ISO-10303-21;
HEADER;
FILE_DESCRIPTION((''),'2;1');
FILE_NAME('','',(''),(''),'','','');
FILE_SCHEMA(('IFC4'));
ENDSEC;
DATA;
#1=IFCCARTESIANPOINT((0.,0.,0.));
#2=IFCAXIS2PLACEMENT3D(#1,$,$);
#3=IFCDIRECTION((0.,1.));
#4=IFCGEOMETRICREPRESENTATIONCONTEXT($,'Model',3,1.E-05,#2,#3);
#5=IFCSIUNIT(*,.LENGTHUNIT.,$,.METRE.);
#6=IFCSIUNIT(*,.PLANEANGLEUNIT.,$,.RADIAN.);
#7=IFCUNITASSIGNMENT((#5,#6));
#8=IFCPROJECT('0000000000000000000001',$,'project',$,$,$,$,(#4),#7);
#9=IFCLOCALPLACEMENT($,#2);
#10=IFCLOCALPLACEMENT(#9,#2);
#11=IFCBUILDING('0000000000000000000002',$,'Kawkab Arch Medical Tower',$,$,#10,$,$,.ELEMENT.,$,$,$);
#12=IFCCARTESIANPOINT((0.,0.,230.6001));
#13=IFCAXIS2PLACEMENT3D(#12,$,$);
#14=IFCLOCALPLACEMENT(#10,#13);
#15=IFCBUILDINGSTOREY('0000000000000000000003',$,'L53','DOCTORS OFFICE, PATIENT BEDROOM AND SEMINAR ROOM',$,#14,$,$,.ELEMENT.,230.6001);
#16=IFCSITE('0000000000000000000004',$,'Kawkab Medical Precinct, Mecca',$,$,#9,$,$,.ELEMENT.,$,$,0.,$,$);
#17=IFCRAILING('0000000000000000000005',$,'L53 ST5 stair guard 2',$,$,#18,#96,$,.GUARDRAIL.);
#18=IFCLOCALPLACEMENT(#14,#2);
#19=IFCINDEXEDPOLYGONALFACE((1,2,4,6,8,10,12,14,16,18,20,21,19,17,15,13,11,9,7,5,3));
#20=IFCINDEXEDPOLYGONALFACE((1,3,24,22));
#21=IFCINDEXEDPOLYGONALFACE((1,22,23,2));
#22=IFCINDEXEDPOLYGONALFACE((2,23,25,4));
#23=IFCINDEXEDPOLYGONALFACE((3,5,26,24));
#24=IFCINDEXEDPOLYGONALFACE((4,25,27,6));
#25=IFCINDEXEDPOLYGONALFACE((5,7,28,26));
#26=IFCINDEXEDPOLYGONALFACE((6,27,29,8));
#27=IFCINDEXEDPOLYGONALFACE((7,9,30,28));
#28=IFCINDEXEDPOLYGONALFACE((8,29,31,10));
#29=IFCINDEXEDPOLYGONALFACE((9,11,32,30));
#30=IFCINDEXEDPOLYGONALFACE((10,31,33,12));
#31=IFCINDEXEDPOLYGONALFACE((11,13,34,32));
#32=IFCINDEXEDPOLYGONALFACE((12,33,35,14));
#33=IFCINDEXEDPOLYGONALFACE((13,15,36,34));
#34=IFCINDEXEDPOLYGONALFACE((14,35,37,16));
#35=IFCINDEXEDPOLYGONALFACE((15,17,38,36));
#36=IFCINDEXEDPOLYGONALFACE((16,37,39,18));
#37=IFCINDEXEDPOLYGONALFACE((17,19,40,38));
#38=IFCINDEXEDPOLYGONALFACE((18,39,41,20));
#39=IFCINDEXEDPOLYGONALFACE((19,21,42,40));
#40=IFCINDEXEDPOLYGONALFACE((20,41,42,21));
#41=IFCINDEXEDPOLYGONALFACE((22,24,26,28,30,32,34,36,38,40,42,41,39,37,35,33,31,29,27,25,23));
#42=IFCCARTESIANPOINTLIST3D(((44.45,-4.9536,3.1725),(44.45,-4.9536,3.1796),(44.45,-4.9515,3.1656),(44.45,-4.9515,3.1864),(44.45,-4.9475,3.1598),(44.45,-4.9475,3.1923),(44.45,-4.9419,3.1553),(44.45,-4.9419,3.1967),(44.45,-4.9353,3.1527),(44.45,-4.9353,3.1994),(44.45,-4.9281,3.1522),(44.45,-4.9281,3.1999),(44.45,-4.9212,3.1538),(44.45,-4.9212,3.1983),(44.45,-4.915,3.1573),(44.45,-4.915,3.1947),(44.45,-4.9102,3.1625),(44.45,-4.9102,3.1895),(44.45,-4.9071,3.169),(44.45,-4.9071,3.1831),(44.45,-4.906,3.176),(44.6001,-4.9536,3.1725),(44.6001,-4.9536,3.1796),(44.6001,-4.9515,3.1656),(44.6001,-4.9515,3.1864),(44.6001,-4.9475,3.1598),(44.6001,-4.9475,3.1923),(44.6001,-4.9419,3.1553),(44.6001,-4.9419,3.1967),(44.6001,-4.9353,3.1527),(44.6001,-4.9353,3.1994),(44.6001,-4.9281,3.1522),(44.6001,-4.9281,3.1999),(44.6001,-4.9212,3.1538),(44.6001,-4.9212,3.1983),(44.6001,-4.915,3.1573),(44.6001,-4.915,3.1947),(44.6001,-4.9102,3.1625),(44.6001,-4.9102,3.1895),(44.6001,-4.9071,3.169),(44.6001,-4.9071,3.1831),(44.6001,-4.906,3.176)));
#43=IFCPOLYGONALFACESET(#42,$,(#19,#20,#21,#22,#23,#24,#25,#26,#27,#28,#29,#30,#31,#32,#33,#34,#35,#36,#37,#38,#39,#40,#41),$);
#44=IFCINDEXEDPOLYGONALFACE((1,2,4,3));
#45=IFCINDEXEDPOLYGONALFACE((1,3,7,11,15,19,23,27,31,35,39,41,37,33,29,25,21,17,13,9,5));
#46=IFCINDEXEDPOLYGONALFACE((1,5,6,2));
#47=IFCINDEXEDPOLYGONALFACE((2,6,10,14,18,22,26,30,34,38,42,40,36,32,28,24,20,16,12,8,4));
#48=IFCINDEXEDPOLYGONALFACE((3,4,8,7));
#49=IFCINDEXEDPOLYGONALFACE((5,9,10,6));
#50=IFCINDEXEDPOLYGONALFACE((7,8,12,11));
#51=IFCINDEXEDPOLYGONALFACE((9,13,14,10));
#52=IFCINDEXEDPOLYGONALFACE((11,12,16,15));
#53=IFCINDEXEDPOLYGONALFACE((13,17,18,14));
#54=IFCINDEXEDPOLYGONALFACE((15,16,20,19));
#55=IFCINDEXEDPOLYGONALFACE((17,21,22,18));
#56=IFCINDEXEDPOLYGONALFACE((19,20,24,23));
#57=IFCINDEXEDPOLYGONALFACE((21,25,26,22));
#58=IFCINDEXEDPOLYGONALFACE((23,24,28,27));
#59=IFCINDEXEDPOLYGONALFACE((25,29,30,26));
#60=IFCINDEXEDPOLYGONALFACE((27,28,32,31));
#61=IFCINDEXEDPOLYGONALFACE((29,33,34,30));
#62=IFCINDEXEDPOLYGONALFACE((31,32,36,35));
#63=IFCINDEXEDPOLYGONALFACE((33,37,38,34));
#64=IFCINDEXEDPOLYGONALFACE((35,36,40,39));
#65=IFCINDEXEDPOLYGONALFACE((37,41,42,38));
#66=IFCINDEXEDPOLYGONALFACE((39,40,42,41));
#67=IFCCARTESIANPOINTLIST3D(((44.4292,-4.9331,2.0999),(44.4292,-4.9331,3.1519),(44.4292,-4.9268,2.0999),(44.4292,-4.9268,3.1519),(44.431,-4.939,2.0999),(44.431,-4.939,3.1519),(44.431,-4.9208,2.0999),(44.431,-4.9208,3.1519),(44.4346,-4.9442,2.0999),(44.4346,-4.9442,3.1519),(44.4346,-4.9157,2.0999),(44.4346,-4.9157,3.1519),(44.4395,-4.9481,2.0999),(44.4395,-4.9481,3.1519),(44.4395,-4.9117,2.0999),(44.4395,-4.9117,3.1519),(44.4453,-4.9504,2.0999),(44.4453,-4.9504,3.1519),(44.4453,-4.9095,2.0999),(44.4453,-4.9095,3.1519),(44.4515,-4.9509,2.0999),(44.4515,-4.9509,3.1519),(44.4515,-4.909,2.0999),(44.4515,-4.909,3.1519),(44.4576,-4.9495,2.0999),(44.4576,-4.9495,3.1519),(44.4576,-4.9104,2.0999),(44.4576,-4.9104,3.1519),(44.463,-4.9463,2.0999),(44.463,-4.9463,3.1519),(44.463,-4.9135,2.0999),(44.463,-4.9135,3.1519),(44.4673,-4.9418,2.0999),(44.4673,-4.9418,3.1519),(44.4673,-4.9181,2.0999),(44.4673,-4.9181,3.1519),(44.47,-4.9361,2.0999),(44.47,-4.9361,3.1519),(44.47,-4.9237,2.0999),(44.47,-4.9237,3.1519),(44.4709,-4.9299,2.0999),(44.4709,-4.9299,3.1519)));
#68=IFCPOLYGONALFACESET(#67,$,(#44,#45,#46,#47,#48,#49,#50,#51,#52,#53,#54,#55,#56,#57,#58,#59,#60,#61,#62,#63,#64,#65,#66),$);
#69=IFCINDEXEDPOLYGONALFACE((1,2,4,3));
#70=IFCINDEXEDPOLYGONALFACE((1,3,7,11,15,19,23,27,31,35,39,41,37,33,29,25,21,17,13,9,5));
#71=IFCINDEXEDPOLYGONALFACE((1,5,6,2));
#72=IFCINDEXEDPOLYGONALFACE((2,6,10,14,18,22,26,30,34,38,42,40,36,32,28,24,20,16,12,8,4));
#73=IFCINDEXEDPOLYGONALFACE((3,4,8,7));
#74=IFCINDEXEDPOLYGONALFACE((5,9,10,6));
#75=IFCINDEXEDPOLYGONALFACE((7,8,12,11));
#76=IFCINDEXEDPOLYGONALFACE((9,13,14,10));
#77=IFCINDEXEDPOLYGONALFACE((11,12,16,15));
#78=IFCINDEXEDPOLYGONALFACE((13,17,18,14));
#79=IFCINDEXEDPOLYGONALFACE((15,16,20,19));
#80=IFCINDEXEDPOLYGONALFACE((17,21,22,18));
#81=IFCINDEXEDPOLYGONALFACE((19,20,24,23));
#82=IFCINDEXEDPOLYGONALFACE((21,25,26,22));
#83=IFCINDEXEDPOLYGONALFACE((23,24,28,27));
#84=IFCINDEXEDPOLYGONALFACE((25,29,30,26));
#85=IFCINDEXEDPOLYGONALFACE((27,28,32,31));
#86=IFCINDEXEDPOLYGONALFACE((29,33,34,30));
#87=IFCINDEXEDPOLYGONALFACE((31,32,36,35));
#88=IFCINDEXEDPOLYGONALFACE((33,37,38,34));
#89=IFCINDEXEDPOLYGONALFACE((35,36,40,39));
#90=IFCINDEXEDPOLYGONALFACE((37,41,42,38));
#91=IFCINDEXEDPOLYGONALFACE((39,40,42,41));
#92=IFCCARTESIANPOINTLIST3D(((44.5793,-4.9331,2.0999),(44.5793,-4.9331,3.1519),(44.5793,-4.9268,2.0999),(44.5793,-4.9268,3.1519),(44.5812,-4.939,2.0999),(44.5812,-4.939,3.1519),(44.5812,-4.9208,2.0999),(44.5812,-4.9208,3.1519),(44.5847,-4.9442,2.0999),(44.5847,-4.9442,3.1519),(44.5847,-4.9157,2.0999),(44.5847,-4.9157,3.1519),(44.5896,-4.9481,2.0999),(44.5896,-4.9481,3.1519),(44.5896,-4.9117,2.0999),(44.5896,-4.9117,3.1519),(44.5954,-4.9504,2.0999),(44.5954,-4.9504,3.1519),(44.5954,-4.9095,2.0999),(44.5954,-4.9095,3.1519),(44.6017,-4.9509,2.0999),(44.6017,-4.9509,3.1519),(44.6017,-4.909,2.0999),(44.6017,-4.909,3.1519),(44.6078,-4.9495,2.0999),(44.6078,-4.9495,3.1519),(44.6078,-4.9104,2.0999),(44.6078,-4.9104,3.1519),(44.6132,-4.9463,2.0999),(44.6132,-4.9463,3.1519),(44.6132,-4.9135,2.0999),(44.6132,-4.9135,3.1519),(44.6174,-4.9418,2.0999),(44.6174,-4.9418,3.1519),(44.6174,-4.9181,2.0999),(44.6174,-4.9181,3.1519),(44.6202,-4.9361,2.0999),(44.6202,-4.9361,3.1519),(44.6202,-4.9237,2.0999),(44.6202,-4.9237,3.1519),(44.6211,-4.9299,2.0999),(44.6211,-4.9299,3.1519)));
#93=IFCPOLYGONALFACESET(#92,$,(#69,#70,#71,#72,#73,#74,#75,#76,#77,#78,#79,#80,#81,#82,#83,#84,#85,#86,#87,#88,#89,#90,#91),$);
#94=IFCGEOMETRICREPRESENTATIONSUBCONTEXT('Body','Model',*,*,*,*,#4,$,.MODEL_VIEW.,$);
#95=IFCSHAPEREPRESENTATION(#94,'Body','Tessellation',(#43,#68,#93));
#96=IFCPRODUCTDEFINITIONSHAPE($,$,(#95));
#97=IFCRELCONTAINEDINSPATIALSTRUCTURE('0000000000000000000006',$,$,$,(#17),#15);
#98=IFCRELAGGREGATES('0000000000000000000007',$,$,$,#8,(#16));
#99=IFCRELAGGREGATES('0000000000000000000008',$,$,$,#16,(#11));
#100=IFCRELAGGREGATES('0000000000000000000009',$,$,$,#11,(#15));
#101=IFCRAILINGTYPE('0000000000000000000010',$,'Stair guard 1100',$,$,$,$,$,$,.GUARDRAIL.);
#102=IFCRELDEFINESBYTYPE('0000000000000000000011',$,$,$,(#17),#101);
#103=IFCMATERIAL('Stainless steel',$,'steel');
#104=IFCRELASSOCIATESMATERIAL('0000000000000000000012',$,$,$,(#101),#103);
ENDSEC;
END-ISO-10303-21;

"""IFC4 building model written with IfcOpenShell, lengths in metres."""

from ifc_helpers import new_model, si_unit, direction, frame, origin, origin_2d, place, context, subcontext, project, spatial, circle, extrude, material, type_object, element, save


model = new_model("IFC4")

# Units and contexts
model_context = context("Model", 3, precision=1e-05, world=origin(), true_north=direction((0.0, 1.0)))
body_context = subcontext(model_context, "Body", "Model", "MODEL_VIEW")
ifc_project = project(units=[si_unit("LENGTHUNIT", "METRE"), si_unit("PLANEANGLEUNIT", "RADIAN")], contexts=[model_context])

# Site, building, storey
site_placement = place(None, origin())
site = spatial("IfcSite", under=ifc_project, at=site_placement, Name="Kawkab Medical Precinct, Mecca", CompositionType="ELEMENT", RefElevation=0.0)
building_placement = place(site_placement, origin())
building = spatial("IfcBuilding", under=site, at=building_placement, Name="Kawkab Arch Medical Tower", CompositionType="ELEMENT")
storey_placement = place(building_placement, frame((0.0, 0.0, 230.6001)))
storey = spatial("IfcBuildingStorey", under=building, at=storey_placement, Name="L53", Description="DOCTORS OFFICE, PATIENT BEDROOM AND SEMINAR ROOM", CompositionType="ELEMENT", Elevation=230.6001)

# Railing
ifc_material_1 = material(Name="Stainless steel", Category="steel")
railing_type = type_object("IfcRailingType", Name="Stair guard 1100", PredefinedType="GUARDRAIL", material=ifc_material_1)
railing_1_placement = place(storey_placement, frame((44.45, -4.9299, 2.0999)))
element("IfcRailing", 1, at=railing_1_placement, inside=storey, type_object=railing_type, Name="L53 ST5 stair guard 2", PredefinedType="GUARDRAIL", context=body_context, shape_type="SweptSolid", body=[
    extrude(circle(Radius=0.0239, at=origin_2d()), frame((0.0, 0.0, 1.0762), z_axis=(1.0, 0.0, 0.0), x_axis=(0.0, 1.0, 0.0)), (0.0, 0.0, 1.0), 0.1501),
    extrude(circle(Radius=0.021, at=origin_2d()), origin(), (0.0, 0.0, 1.0), 1.052),
    extrude(circle(Radius=0.021, at=origin_2d()), frame((0.1501, 0.0, 0.0)), (0.0, 0.0, 1.0), 1.052),
])

save(model, "model.ifc")
